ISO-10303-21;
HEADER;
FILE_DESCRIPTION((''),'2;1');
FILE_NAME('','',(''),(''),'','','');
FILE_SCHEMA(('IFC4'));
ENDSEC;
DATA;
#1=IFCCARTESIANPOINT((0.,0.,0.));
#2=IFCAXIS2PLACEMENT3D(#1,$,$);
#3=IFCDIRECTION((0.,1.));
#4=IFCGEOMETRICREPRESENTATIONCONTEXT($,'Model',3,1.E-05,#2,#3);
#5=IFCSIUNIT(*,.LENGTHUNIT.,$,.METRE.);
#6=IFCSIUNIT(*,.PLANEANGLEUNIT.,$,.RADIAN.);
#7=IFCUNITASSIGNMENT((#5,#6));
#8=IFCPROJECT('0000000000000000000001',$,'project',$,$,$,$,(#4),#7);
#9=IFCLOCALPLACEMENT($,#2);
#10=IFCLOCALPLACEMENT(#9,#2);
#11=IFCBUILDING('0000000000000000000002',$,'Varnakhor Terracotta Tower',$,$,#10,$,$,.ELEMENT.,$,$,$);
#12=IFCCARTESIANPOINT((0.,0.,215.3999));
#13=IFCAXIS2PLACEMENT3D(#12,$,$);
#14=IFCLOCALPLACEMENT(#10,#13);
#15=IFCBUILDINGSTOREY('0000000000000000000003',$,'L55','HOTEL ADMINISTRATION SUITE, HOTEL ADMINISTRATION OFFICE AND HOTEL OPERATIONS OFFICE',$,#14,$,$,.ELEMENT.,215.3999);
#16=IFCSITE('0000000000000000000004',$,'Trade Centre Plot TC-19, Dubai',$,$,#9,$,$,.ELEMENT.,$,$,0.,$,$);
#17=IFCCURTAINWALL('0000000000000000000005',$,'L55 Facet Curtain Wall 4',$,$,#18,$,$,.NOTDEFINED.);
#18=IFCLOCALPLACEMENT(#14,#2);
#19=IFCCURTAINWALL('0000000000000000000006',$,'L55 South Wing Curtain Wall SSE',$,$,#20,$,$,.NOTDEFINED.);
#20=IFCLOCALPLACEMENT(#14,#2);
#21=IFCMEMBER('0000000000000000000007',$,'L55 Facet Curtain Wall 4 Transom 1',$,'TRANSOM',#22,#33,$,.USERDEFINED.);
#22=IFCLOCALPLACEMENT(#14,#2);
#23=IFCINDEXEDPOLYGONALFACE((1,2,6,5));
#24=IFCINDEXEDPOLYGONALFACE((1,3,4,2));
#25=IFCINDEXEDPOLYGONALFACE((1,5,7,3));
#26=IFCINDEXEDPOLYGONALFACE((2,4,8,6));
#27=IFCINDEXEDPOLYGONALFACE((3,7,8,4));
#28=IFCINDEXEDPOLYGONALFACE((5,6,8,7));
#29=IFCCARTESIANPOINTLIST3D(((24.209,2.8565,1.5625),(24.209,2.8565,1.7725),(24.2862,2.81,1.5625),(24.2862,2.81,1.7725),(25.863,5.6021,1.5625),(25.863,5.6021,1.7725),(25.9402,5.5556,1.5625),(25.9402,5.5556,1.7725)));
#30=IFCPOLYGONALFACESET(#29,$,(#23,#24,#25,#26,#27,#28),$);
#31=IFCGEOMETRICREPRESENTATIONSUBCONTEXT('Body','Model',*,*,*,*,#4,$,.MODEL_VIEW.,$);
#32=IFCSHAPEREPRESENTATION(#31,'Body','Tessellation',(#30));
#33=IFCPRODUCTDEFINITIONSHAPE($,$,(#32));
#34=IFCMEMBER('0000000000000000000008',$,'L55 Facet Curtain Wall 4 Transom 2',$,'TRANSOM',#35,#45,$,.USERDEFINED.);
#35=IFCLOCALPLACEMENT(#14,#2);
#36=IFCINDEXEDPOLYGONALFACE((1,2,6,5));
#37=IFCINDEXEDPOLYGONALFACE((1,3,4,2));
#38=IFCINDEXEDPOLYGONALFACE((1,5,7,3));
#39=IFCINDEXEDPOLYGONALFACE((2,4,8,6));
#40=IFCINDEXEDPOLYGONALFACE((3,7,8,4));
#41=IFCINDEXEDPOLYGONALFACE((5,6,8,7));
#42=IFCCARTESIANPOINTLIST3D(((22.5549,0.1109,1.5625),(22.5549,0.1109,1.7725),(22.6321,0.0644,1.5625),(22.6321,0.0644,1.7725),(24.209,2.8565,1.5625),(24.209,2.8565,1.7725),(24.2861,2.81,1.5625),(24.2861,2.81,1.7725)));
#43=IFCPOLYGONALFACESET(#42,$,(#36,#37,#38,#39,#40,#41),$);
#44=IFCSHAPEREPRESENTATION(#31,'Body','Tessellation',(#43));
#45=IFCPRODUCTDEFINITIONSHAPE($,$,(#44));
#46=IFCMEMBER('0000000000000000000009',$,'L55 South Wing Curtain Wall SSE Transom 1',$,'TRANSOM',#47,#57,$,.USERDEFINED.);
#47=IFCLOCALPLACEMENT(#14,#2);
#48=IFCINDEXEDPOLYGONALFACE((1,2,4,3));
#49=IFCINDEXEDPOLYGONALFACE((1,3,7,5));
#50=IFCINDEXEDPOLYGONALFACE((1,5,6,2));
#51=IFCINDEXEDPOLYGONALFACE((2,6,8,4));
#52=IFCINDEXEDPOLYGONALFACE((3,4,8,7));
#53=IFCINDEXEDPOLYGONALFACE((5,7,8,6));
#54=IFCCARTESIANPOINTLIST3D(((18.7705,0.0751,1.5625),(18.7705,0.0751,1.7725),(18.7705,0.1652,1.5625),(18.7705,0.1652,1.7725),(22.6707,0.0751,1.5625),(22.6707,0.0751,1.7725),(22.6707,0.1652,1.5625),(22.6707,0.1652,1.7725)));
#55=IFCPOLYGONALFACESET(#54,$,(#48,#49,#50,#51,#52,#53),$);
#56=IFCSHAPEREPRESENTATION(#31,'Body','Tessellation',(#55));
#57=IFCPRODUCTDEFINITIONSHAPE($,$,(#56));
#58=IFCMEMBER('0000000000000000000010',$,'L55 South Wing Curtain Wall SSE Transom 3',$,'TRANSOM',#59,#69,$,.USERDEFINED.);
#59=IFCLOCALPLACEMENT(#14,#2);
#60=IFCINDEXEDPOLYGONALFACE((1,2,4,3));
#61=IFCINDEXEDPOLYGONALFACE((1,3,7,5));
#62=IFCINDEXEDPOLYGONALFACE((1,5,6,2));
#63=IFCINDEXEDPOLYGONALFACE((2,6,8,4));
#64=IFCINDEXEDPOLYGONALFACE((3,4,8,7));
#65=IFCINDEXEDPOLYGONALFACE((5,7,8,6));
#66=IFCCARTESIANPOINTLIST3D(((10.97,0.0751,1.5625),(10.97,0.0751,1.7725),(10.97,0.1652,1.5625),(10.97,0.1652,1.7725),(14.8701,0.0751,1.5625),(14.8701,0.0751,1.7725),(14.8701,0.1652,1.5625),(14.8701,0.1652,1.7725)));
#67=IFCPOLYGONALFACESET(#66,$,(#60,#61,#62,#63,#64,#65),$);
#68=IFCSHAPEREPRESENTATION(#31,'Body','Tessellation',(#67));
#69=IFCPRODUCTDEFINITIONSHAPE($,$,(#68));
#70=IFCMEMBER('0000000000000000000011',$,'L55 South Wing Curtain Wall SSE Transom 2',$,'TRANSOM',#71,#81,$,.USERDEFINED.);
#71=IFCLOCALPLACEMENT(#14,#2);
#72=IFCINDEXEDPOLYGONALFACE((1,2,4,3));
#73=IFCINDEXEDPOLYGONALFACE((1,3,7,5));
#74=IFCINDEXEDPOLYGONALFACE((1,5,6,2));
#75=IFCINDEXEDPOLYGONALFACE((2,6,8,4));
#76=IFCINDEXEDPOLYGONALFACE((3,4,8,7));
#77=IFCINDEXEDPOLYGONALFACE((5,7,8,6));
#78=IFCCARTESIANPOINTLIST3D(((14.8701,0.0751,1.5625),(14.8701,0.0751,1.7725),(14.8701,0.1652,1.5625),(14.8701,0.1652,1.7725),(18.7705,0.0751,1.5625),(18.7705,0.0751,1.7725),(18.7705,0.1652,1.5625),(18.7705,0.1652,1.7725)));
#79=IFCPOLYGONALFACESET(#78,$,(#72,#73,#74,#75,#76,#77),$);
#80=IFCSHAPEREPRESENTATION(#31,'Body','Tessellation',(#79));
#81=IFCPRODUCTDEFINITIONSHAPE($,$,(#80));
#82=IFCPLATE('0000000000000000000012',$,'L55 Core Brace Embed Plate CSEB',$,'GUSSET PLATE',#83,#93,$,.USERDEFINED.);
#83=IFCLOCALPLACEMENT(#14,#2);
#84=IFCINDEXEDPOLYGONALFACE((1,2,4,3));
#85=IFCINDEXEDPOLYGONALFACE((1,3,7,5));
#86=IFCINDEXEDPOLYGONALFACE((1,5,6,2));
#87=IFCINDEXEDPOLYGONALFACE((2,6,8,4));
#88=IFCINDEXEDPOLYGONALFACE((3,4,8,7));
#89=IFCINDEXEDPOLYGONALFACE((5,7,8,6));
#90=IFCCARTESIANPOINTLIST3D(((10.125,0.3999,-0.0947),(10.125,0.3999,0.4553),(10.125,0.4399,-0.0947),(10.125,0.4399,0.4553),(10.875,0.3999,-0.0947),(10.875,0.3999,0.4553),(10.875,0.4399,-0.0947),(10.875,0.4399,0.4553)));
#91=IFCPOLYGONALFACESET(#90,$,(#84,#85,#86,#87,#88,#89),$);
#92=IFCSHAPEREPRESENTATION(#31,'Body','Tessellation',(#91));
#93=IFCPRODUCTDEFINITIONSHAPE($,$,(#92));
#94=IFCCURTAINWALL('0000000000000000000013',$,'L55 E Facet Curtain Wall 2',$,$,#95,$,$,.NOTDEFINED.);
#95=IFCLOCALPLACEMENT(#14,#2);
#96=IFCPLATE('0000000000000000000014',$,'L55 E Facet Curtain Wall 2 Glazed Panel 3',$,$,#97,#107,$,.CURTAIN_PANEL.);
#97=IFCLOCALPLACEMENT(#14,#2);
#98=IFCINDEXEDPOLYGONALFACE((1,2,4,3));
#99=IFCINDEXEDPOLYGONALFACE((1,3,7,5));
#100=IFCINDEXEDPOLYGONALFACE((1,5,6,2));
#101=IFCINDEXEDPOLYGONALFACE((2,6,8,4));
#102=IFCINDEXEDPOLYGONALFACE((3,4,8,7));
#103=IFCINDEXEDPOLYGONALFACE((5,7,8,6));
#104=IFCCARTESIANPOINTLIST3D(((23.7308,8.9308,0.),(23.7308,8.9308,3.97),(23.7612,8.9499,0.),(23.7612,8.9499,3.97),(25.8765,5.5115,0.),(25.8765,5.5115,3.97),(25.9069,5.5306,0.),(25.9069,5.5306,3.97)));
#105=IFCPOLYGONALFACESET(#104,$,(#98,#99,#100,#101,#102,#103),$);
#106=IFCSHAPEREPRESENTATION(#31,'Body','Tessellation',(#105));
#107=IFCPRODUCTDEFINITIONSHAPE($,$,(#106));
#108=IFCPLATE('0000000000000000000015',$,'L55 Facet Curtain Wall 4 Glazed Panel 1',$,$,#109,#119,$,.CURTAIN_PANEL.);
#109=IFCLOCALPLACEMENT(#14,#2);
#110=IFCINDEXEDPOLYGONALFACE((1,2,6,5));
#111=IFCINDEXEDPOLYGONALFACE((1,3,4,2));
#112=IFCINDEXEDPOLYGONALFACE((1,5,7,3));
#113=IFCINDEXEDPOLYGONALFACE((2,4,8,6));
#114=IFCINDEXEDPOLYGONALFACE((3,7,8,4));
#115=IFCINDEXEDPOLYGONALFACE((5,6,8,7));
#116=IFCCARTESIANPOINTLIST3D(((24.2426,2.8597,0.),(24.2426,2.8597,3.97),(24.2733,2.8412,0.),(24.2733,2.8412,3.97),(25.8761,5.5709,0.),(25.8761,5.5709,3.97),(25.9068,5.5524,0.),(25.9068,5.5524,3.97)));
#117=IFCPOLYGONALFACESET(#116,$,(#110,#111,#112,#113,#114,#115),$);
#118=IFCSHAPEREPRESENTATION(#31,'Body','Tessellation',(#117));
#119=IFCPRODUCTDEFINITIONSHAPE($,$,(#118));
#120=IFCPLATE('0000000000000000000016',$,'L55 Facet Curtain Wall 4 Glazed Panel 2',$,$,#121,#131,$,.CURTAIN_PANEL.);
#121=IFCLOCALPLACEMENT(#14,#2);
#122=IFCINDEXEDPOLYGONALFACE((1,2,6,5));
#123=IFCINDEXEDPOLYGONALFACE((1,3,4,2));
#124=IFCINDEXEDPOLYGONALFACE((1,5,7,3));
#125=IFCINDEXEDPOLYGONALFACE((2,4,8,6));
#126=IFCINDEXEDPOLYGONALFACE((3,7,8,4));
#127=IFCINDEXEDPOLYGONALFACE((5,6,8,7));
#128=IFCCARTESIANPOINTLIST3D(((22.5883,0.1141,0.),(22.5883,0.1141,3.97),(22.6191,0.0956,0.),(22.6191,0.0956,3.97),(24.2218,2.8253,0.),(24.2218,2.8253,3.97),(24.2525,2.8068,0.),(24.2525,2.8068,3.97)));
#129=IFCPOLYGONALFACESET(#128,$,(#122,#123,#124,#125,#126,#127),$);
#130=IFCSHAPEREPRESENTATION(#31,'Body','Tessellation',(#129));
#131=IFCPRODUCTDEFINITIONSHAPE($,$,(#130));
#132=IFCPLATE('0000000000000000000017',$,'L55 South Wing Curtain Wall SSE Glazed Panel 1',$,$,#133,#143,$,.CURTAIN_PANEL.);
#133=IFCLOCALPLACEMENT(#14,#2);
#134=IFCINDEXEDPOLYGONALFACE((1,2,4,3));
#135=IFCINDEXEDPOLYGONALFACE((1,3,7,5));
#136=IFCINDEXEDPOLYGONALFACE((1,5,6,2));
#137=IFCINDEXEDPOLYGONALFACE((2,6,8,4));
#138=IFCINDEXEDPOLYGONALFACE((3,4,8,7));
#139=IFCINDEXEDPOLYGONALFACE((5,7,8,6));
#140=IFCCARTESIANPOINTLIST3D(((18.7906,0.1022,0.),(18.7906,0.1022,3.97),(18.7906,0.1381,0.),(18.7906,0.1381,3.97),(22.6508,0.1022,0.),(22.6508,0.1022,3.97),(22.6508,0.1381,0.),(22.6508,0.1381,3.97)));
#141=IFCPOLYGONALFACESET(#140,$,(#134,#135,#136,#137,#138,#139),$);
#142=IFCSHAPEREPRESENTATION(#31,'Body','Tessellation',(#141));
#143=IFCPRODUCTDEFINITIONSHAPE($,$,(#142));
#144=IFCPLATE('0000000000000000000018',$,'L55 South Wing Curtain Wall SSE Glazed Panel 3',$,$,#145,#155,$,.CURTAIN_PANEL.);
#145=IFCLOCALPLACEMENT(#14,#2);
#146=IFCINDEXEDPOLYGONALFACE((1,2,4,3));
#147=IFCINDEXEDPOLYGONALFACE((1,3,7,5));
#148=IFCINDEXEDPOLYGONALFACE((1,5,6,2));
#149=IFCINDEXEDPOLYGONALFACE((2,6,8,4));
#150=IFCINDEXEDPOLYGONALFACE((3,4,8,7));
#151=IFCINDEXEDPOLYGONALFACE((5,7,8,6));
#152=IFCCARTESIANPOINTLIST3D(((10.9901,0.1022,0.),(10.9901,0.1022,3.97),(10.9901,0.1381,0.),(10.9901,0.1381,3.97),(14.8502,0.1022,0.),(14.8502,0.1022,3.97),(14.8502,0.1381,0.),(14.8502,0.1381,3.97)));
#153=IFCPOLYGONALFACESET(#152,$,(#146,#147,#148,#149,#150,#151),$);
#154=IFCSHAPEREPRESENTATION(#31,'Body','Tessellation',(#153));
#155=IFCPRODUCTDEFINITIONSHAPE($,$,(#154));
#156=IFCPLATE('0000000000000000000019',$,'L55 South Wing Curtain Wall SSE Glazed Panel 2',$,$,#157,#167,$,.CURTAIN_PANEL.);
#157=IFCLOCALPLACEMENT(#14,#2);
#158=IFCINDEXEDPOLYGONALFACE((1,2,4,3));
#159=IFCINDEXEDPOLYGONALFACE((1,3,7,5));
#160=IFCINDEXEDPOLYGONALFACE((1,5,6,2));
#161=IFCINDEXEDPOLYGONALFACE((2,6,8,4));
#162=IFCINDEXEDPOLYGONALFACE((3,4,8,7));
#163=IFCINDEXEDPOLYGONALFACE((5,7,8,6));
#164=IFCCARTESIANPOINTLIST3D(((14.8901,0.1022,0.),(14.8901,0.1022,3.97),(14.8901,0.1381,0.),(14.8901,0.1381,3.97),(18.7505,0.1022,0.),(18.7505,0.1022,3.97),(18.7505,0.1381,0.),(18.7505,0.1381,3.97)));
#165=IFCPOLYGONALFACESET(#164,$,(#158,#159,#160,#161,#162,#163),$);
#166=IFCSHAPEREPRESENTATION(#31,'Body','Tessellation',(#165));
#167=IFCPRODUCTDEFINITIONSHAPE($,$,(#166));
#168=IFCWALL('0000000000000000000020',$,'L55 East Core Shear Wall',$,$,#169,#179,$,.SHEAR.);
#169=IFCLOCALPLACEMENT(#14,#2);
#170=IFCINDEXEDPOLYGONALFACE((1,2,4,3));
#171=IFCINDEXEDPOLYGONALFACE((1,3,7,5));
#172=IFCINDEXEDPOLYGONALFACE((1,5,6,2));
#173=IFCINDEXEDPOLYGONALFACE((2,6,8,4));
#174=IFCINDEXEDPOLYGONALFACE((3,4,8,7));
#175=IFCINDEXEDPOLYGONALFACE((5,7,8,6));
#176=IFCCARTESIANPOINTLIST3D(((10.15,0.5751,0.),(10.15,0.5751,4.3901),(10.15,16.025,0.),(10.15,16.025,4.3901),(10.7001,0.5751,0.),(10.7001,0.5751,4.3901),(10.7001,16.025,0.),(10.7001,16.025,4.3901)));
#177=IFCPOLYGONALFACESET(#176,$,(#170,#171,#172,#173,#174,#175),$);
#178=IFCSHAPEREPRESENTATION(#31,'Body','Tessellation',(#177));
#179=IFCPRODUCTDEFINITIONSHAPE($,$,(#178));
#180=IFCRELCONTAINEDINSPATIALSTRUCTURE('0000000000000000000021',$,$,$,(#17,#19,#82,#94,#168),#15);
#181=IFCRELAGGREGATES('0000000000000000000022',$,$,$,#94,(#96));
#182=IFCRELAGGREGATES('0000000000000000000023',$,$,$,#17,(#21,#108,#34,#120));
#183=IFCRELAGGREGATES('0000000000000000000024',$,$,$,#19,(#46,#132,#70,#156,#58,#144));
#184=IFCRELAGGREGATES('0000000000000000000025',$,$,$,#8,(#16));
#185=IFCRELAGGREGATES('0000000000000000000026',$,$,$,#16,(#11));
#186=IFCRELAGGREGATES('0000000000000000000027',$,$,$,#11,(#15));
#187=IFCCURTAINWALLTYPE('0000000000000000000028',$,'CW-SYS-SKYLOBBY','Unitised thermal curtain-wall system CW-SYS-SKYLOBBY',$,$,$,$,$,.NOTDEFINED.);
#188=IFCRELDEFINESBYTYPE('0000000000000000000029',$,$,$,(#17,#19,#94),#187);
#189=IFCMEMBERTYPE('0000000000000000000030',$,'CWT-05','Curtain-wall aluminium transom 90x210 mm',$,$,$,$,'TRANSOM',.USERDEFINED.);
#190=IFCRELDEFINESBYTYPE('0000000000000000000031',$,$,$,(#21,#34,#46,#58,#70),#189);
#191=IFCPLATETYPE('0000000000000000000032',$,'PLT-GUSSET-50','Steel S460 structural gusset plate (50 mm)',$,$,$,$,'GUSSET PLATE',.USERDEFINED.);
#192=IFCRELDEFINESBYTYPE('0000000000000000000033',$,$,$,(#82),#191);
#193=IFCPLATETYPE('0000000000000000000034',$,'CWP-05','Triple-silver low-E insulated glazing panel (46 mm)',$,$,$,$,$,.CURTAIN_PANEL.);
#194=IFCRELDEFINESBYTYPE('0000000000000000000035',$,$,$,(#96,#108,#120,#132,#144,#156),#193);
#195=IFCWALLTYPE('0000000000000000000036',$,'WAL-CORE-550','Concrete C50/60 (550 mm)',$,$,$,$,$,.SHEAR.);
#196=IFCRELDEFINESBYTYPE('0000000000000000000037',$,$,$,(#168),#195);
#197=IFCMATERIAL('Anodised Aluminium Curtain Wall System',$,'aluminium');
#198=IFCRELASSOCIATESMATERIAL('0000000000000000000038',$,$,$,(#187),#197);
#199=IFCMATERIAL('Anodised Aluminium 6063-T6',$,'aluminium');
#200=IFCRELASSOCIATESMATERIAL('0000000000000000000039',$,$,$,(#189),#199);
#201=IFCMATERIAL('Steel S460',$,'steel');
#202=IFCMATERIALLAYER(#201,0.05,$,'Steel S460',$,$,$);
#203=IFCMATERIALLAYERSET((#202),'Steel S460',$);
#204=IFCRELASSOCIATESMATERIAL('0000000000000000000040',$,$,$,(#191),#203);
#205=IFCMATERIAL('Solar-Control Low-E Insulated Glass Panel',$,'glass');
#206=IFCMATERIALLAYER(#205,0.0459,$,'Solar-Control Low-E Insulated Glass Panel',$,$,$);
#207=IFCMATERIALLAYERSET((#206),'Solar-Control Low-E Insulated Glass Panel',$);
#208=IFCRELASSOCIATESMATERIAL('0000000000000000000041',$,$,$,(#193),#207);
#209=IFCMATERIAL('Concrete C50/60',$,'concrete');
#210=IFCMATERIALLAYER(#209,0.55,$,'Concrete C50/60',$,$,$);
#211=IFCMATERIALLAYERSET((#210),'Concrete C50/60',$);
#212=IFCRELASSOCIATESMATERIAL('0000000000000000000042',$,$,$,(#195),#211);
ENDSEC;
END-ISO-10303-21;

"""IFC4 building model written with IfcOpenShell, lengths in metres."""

from ifc_helpers import new_model, si_unit, direction, frame, frame_2d, origin, origin_2d, place, context, subcontext, project, spatial, rectangle, extrude, source, transform, mapped, material, layer, layer_set, material_profile, profile_set, type_object, type_shapes, element, aggregate, save


model = new_model("IFC4")

# Units and contexts
model_context = context("Model", 3, precision=1e-05, world=origin(), true_north=direction((0.0, 1.0)))
body_context = subcontext(model_context, "Body", "Model", "MODEL_VIEW")
ifc_project = project(units=[si_unit("LENGTHUNIT", "METRE"), si_unit("PLANEANGLEUNIT", "RADIAN")], contexts=[model_context])

# Site, building, storey
site_placement = place(None, origin())
site = spatial("IfcSite", under=ifc_project, at=site_placement, Name="Trade Centre Plot TC-19, Dubai", CompositionType="ELEMENT", RefElevation=0.0)
building_placement = place(site_placement, origin())
building = spatial("IfcBuilding", under=site, at=building_placement, Name="Varnakhor Terracotta Tower", CompositionType="ELEMENT")
storey_placement = place(building_placement, frame((0.0, 0.0, 215.3999)))
storey = spatial("IfcBuildingStorey", under=building, at=storey_placement, Name="L55", Description="HOTEL ADMINISTRATION SUITE, HOTEL ADMINISTRATION OFFICE AND HOTEL OPERATIONS OFFICE", CompositionType="ELEMENT", Elevation=215.3999)

# Shared definitions
ifc_material_1 = material(Name="Concrete C50/60", Category="concrete")
ifc_material_2 = material(Name="Steel S460", Category="steel")

# Curtain walls
ifc_material_3 = material(Name="Anodised Aluminium Curtain Wall System", Category="aluminium")
curtain_wall_type = type_object("IfcCurtainWallType", Name="CW-SYS-SKYLOBBY", Description="Unitised thermal curtain-wall system CW-SYS-SKYLOBBY", PredefinedType="NOTDEFINED", material=ifc_material_3)
curtain_wall_1_placement = place(storey_placement, origin())
curtain_wall_1 = element("IfcCurtainWall", 1, at=curtain_wall_1_placement, inside=storey, type_object=curtain_wall_type, Name="L55 Facet Curtain Wall 4", PredefinedType="NOTDEFINED")
ifc_material_4 = material(Name="Anodised Aluminium 6063-T6", Category="aluminium")
curtain_wall_2_placement = place(storey_placement, origin())
curtain_wall_2 = element("IfcCurtainWall", 2, at=curtain_wall_2_placement, inside=storey, type_object=curtain_wall_type, Name="L55 South Wing Curtain Wall SSE", PredefinedType="NOTDEFINED")

# Members
ifc_material_profile_1 = material_profile(ifc_material_4, rectangle(XDim=0.0901, YDim=0.21, at=origin_2d()), Name="ALU TRANSOM 90x210")
ifc_profile_set_1 = profile_set([ifc_material_profile_1], Name="Anodised Aluminium 6063-T6")
member_type_1 = type_object("IfcMemberType", Name="CWT-05", Description="Curtain-wall aluminium transom 90x210 mm", ElementType="TRANSOM", PredefinedType="USERDEFINED", material=ifc_profile_set_1)
shared_shape_1 = source(origin(), body_context, "Body", "SweptSolid", [
    extrude(rectangle(XDim=0.0901, YDim=0.21, at=origin_2d()), origin(), (0.0, 0.0, 1.0), 3.2053),
])
member_1_placement = place(storey_placement, frame((25.9016, 5.5789, 1.6675), z_axis=(-0.516029, -0.856571, 0.0), x_axis=(0.856571, -0.516029, 0.0)))
member_1 = element("IfcMember", 3, at=member_1_placement, type_object=member_type_1, Name="L55 Facet Curtain Wall 4 Transom 1", ObjectType="TRANSOM", PredefinedType="USERDEFINED", context=body_context, shape_type="MappedRepresentation", body=[
    mapped(shared_shape_1, transform((0.0, 0.0, 0.0), scale=1.0)),
])
member_2_placement = place(storey_placement, frame((24.2476, 2.8333, 1.6675), z_axis=(-0.516029, -0.856571, 0.0), x_axis=(0.856571, -0.516029, 0.0)))
member_2 = element("IfcMember", 4, at=member_2_placement, type_object=member_type_1, Name="L55 Facet Curtain Wall 4 Transom 2", ObjectType="TRANSOM", PredefinedType="USERDEFINED", context=body_context, shape_type="MappedRepresentation", body=[
    mapped(shared_shape_1, transform((0.0, 0.0, 0.0), scale=1.0)),
])
shared_shape_2 = source(origin(), body_context, "Body", "SweptSolid", [
    extrude(rectangle(XDim=0.0901, YDim=0.21, at=origin_2d()), origin(), (0.0, 0.0, 1.0), 3.9001),
])
member_3_placement = place(storey_placement, frame((22.6707, 0.1201, 1.6675), z_axis=(-1.0, 0.0, 0.0), x_axis=(0.0, -1.0, 0.0)))
member_3 = element("IfcMember", 5, at=member_3_placement, type_object=member_type_1, Name="L55 South Wing Curtain Wall SSE Transom 1", ObjectType="TRANSOM", PredefinedType="USERDEFINED", context=body_context, shape_type="MappedRepresentation", body=[
    mapped(shared_shape_2, transform((0.0, 0.0, 0.0), scale=1.0)),
])
member_4_placement = place(storey_placement, frame((14.8701, 0.1201, 1.6675), z_axis=(-1.0, 0.0, 0.0), x_axis=(0.0, -1.0, 0.0)))
member_4 = element("IfcMember", 6, at=member_4_placement, type_object=member_type_1, Name="L55 South Wing Curtain Wall SSE Transom 3", ObjectType="TRANSOM", PredefinedType="USERDEFINED", context=body_context, shape_type="MappedRepresentation", body=[
    mapped(shared_shape_2, transform((0.0, 0.0, 0.0), scale=1.0)),
])
shared_shape_3 = source(origin(), body_context, "Body", "SweptSolid", [
    extrude(rectangle(XDim=0.0901, YDim=0.21, at=origin_2d()), origin(), (0.0, 0.0, 1.0), 3.9004),
])
member_5_placement = place(storey_placement, frame((18.7705, 0.1201, 1.6675), z_axis=(-1.0, 0.0, 0.0), x_axis=(0.0, -1.0, 0.0)))
member_5 = element("IfcMember", 7, at=member_5_placement, type_object=member_type_1, Name="L55 South Wing Curtain Wall SSE Transom 2", ObjectType="TRANSOM", PredefinedType="USERDEFINED", context=body_context, shape_type="MappedRepresentation", body=[
    mapped(shared_shape_3, transform((0.0, 0.0, 0.0), scale=1.0)),
])

# Plate
ifc_layer_1 = layer(ifc_material_2, 0.05, Name="Steel S460")
ifc_layer_set_1 = layer_set([ifc_layer_1], Name="Steel S460")
plate_type_1 = type_object("IfcPlateType", Name="PLT-GUSSET-50", Description="Steel S460 structural gusset plate (50 mm)", ElementType="GUSSET PLATE", PredefinedType="USERDEFINED", material=ifc_layer_set_1)
shared_shape_4 = source(origin(), body_context, "Body", "SweptSolid", [
    extrude(rectangle(XDim=0.75, YDim=0.04, at=origin_2d()), origin(), (0.0, 0.0, 1.0), 0.55),
])
type_shapes(plate_type_1, [shared_shape_4])
plate_1_placement = place(storey_placement, frame((10.5, 0.4199, -0.0947), z_axis=(0.0, 0.0, 1.0), x_axis=(1.0, 0.0, 0.0)))
element("IfcPlate", 8, at=plate_1_placement, inside=storey, type_object=plate_type_1, Name="L55 Core Brace Embed Plate CSEB", ObjectType="GUSSET PLATE", PredefinedType="USERDEFINED", context=body_context, shape_type="MappedRepresentation", body=[
    mapped(shared_shape_4, transform((0.0, 0.0, 0.0), scale=1.0)),
])

# Curtain wall, plate
curtain_wall_3_placement = place(storey_placement, origin())
curtain_wall_3 = element("IfcCurtainWall", 9, at=curtain_wall_3_placement, inside=storey, type_object=curtain_wall_type, Name="L55 E Facet Curtain Wall 2", PredefinedType="NOTDEFINED")
ifc_material_5 = material(Name="Solar-Control Low-E Insulated Glass Panel", Category="glass")
ifc_layer_2 = layer(ifc_material_5, 0.0459, Name="Solar-Control Low-E Insulated Glass Panel")
ifc_layer_set_2 = layer_set([ifc_layer_2], Name="Solar-Control Low-E Insulated Glass Panel")
plate_type_2 = type_object("IfcPlateType", Name="CWP-05", Description="Triple-silver low-E insulated glazing panel (46 mm)", PredefinedType="CURTAIN_PANEL", material=ifc_layer_set_2)
shared_shape_5 = source(origin(), body_context, "Body", "SweptSolid", [
    extrude(rectangle(XDim=4.0369, YDim=0.0359, at=origin_2d()), origin(), (0.0, 0.0, 1.0), 3.97),
])
plate_2_placement = place(storey_placement, frame((24.8188, 7.2307, 0.0), z_axis=(0.0, 0.0, 1.0), x_axis=(0.531546, -0.847029, 0.0)))
plate_2 = element("IfcPlate", 10, at=plate_2_placement, type_object=plate_type_2, Name="L55 E Facet Curtain Wall 2 Glazed Panel 3", PredefinedType="CURTAIN_PANEL", context=body_context, shape_type="MappedRepresentation", body=[
    mapped(shared_shape_5, transform((0.0, 0.0, 0.0), scale=1.0)),
])
aggregate(curtain_wall_3, [plate_2])

# Plates
shared_shape_6 = source(origin(), body_context, "Body", "SweptSolid", [
    extrude(rectangle(XDim=3.1653, YDim=0.0359, at=origin_2d()), origin(), (0.0, 0.0, 1.0), 3.97),
])
plate_3_placement = place(storey_placement, frame((25.0747, 4.2061, 0.0), z_axis=(0.0, 0.0, 1.0), x_axis=(-0.516055, -0.856555, 0.0)))
plate_3 = element("IfcPlate", 11, at=plate_3_placement, type_object=plate_type_2, Name="L55 Facet Curtain Wall 4 Glazed Panel 1", PredefinedType="CURTAIN_PANEL", context=body_context, shape_type="MappedRepresentation", body=[
    mapped(shared_shape_6, transform((0.0, 0.0, 0.0), scale=1.0)),
])
plate_4_placement = place(storey_placement, frame((23.4204, 1.4604, 0.0), z_axis=(0.0, 0.0, 1.0), x_axis=(-0.516055, -0.856555, 0.0)))
plate_4 = element("IfcPlate", 12, at=plate_4_placement, type_object=plate_type_2, Name="L55 Facet Curtain Wall 4 Glazed Panel 2", PredefinedType="CURTAIN_PANEL", context=body_context, shape_type="MappedRepresentation", body=[
    mapped(shared_shape_6, transform((0.0, 0.0, 0.0), scale=1.0)),
])
aggregate(curtain_wall_1, [member_1, plate_3, member_2, plate_4])
shared_shape_7 = source(origin(), body_context, "Body", "SweptSolid", [
    extrude(rectangle(XDim=3.8601, YDim=0.0359, at=origin_2d()), origin(), (0.0, 0.0, 1.0), 3.97),
])
plate_5_placement = place(storey_placement, frame((20.7207, 0.1201, 0.0), z_axis=(0.0, 0.0, 1.0), x_axis=(-1.0, 0.0, 0.0)))
plate_5 = element("IfcPlate", 13, at=plate_5_placement, type_object=plate_type_2, Name="L55 South Wing Curtain Wall SSE Glazed Panel 1", PredefinedType="CURTAIN_PANEL", context=body_context, shape_type="MappedRepresentation", body=[
    mapped(shared_shape_7, transform((0.0, 0.0, 0.0), scale=1.0)),
])
plate_6_placement = place(storey_placement, frame((12.9202, 0.1201, 0.0), z_axis=(0.0, 0.0, 1.0), x_axis=(-1.0, 0.0, 0.0)))
plate_6 = element("IfcPlate", 14, at=plate_6_placement, type_object=plate_type_2, Name="L55 South Wing Curtain Wall SSE Glazed Panel 3", PredefinedType="CURTAIN_PANEL", context=body_context, shape_type="MappedRepresentation", body=[
    mapped(shared_shape_7, transform((0.0, 0.0, 0.0), scale=1.0)),
])
shared_shape_8 = source(origin(), body_context, "Body", "SweptSolid", [
    extrude(rectangle(XDim=3.8604, YDim=0.0359, at=origin_2d()), origin(), (0.0, 0.0, 1.0), 3.97),
])
plate_7_placement = place(storey_placement, frame((16.8203, 0.1201, 0.0), z_axis=(0.0, 0.0, 1.0), x_axis=(-1.0, 0.0, 0.0)))
plate_7 = element("IfcPlate", 15, at=plate_7_placement, type_object=plate_type_2, Name="L55 South Wing Curtain Wall SSE Glazed Panel 2", PredefinedType="CURTAIN_PANEL", context=body_context, shape_type="MappedRepresentation", body=[
    mapped(shared_shape_8, transform((0.0, 0.0, 0.0), scale=1.0)),
])
aggregate(curtain_wall_2, [member_3, plate_5, member_5, plate_7, member_4, plate_6])

# Wall
ifc_layer_3 = layer(ifc_material_1, 0.55, Name="Concrete C50/60")
ifc_layer_set_3 = layer_set([ifc_layer_3], Name="Concrete C50/60")
wall_type = type_object("IfcWallType", Name="WAL-CORE-550", Description="Concrete C50/60 (550 mm)", PredefinedType="SHEAR", material=ifc_layer_set_3)
wall_placement = place(storey_placement, frame((10.425, 0.575, 0.0), z_axis=(0.0, 0.0, 1.0), x_axis=(0.0, 1.0, 0.0)))
element("IfcWall", 16, at=wall_placement, inside=storey, type_object=wall_type, Name="L55 East Core Shear Wall", PredefinedType="SHEAR", context=body_context, shape_type="SweptSolid", body=[
    extrude(rectangle(XDim=15.45, YDim=0.55, at=frame_2d((7.7251, 0.0))), origin(), (0.0, 0.0, 1.0), 4.3901),
])

save(model, "model.ifc")
